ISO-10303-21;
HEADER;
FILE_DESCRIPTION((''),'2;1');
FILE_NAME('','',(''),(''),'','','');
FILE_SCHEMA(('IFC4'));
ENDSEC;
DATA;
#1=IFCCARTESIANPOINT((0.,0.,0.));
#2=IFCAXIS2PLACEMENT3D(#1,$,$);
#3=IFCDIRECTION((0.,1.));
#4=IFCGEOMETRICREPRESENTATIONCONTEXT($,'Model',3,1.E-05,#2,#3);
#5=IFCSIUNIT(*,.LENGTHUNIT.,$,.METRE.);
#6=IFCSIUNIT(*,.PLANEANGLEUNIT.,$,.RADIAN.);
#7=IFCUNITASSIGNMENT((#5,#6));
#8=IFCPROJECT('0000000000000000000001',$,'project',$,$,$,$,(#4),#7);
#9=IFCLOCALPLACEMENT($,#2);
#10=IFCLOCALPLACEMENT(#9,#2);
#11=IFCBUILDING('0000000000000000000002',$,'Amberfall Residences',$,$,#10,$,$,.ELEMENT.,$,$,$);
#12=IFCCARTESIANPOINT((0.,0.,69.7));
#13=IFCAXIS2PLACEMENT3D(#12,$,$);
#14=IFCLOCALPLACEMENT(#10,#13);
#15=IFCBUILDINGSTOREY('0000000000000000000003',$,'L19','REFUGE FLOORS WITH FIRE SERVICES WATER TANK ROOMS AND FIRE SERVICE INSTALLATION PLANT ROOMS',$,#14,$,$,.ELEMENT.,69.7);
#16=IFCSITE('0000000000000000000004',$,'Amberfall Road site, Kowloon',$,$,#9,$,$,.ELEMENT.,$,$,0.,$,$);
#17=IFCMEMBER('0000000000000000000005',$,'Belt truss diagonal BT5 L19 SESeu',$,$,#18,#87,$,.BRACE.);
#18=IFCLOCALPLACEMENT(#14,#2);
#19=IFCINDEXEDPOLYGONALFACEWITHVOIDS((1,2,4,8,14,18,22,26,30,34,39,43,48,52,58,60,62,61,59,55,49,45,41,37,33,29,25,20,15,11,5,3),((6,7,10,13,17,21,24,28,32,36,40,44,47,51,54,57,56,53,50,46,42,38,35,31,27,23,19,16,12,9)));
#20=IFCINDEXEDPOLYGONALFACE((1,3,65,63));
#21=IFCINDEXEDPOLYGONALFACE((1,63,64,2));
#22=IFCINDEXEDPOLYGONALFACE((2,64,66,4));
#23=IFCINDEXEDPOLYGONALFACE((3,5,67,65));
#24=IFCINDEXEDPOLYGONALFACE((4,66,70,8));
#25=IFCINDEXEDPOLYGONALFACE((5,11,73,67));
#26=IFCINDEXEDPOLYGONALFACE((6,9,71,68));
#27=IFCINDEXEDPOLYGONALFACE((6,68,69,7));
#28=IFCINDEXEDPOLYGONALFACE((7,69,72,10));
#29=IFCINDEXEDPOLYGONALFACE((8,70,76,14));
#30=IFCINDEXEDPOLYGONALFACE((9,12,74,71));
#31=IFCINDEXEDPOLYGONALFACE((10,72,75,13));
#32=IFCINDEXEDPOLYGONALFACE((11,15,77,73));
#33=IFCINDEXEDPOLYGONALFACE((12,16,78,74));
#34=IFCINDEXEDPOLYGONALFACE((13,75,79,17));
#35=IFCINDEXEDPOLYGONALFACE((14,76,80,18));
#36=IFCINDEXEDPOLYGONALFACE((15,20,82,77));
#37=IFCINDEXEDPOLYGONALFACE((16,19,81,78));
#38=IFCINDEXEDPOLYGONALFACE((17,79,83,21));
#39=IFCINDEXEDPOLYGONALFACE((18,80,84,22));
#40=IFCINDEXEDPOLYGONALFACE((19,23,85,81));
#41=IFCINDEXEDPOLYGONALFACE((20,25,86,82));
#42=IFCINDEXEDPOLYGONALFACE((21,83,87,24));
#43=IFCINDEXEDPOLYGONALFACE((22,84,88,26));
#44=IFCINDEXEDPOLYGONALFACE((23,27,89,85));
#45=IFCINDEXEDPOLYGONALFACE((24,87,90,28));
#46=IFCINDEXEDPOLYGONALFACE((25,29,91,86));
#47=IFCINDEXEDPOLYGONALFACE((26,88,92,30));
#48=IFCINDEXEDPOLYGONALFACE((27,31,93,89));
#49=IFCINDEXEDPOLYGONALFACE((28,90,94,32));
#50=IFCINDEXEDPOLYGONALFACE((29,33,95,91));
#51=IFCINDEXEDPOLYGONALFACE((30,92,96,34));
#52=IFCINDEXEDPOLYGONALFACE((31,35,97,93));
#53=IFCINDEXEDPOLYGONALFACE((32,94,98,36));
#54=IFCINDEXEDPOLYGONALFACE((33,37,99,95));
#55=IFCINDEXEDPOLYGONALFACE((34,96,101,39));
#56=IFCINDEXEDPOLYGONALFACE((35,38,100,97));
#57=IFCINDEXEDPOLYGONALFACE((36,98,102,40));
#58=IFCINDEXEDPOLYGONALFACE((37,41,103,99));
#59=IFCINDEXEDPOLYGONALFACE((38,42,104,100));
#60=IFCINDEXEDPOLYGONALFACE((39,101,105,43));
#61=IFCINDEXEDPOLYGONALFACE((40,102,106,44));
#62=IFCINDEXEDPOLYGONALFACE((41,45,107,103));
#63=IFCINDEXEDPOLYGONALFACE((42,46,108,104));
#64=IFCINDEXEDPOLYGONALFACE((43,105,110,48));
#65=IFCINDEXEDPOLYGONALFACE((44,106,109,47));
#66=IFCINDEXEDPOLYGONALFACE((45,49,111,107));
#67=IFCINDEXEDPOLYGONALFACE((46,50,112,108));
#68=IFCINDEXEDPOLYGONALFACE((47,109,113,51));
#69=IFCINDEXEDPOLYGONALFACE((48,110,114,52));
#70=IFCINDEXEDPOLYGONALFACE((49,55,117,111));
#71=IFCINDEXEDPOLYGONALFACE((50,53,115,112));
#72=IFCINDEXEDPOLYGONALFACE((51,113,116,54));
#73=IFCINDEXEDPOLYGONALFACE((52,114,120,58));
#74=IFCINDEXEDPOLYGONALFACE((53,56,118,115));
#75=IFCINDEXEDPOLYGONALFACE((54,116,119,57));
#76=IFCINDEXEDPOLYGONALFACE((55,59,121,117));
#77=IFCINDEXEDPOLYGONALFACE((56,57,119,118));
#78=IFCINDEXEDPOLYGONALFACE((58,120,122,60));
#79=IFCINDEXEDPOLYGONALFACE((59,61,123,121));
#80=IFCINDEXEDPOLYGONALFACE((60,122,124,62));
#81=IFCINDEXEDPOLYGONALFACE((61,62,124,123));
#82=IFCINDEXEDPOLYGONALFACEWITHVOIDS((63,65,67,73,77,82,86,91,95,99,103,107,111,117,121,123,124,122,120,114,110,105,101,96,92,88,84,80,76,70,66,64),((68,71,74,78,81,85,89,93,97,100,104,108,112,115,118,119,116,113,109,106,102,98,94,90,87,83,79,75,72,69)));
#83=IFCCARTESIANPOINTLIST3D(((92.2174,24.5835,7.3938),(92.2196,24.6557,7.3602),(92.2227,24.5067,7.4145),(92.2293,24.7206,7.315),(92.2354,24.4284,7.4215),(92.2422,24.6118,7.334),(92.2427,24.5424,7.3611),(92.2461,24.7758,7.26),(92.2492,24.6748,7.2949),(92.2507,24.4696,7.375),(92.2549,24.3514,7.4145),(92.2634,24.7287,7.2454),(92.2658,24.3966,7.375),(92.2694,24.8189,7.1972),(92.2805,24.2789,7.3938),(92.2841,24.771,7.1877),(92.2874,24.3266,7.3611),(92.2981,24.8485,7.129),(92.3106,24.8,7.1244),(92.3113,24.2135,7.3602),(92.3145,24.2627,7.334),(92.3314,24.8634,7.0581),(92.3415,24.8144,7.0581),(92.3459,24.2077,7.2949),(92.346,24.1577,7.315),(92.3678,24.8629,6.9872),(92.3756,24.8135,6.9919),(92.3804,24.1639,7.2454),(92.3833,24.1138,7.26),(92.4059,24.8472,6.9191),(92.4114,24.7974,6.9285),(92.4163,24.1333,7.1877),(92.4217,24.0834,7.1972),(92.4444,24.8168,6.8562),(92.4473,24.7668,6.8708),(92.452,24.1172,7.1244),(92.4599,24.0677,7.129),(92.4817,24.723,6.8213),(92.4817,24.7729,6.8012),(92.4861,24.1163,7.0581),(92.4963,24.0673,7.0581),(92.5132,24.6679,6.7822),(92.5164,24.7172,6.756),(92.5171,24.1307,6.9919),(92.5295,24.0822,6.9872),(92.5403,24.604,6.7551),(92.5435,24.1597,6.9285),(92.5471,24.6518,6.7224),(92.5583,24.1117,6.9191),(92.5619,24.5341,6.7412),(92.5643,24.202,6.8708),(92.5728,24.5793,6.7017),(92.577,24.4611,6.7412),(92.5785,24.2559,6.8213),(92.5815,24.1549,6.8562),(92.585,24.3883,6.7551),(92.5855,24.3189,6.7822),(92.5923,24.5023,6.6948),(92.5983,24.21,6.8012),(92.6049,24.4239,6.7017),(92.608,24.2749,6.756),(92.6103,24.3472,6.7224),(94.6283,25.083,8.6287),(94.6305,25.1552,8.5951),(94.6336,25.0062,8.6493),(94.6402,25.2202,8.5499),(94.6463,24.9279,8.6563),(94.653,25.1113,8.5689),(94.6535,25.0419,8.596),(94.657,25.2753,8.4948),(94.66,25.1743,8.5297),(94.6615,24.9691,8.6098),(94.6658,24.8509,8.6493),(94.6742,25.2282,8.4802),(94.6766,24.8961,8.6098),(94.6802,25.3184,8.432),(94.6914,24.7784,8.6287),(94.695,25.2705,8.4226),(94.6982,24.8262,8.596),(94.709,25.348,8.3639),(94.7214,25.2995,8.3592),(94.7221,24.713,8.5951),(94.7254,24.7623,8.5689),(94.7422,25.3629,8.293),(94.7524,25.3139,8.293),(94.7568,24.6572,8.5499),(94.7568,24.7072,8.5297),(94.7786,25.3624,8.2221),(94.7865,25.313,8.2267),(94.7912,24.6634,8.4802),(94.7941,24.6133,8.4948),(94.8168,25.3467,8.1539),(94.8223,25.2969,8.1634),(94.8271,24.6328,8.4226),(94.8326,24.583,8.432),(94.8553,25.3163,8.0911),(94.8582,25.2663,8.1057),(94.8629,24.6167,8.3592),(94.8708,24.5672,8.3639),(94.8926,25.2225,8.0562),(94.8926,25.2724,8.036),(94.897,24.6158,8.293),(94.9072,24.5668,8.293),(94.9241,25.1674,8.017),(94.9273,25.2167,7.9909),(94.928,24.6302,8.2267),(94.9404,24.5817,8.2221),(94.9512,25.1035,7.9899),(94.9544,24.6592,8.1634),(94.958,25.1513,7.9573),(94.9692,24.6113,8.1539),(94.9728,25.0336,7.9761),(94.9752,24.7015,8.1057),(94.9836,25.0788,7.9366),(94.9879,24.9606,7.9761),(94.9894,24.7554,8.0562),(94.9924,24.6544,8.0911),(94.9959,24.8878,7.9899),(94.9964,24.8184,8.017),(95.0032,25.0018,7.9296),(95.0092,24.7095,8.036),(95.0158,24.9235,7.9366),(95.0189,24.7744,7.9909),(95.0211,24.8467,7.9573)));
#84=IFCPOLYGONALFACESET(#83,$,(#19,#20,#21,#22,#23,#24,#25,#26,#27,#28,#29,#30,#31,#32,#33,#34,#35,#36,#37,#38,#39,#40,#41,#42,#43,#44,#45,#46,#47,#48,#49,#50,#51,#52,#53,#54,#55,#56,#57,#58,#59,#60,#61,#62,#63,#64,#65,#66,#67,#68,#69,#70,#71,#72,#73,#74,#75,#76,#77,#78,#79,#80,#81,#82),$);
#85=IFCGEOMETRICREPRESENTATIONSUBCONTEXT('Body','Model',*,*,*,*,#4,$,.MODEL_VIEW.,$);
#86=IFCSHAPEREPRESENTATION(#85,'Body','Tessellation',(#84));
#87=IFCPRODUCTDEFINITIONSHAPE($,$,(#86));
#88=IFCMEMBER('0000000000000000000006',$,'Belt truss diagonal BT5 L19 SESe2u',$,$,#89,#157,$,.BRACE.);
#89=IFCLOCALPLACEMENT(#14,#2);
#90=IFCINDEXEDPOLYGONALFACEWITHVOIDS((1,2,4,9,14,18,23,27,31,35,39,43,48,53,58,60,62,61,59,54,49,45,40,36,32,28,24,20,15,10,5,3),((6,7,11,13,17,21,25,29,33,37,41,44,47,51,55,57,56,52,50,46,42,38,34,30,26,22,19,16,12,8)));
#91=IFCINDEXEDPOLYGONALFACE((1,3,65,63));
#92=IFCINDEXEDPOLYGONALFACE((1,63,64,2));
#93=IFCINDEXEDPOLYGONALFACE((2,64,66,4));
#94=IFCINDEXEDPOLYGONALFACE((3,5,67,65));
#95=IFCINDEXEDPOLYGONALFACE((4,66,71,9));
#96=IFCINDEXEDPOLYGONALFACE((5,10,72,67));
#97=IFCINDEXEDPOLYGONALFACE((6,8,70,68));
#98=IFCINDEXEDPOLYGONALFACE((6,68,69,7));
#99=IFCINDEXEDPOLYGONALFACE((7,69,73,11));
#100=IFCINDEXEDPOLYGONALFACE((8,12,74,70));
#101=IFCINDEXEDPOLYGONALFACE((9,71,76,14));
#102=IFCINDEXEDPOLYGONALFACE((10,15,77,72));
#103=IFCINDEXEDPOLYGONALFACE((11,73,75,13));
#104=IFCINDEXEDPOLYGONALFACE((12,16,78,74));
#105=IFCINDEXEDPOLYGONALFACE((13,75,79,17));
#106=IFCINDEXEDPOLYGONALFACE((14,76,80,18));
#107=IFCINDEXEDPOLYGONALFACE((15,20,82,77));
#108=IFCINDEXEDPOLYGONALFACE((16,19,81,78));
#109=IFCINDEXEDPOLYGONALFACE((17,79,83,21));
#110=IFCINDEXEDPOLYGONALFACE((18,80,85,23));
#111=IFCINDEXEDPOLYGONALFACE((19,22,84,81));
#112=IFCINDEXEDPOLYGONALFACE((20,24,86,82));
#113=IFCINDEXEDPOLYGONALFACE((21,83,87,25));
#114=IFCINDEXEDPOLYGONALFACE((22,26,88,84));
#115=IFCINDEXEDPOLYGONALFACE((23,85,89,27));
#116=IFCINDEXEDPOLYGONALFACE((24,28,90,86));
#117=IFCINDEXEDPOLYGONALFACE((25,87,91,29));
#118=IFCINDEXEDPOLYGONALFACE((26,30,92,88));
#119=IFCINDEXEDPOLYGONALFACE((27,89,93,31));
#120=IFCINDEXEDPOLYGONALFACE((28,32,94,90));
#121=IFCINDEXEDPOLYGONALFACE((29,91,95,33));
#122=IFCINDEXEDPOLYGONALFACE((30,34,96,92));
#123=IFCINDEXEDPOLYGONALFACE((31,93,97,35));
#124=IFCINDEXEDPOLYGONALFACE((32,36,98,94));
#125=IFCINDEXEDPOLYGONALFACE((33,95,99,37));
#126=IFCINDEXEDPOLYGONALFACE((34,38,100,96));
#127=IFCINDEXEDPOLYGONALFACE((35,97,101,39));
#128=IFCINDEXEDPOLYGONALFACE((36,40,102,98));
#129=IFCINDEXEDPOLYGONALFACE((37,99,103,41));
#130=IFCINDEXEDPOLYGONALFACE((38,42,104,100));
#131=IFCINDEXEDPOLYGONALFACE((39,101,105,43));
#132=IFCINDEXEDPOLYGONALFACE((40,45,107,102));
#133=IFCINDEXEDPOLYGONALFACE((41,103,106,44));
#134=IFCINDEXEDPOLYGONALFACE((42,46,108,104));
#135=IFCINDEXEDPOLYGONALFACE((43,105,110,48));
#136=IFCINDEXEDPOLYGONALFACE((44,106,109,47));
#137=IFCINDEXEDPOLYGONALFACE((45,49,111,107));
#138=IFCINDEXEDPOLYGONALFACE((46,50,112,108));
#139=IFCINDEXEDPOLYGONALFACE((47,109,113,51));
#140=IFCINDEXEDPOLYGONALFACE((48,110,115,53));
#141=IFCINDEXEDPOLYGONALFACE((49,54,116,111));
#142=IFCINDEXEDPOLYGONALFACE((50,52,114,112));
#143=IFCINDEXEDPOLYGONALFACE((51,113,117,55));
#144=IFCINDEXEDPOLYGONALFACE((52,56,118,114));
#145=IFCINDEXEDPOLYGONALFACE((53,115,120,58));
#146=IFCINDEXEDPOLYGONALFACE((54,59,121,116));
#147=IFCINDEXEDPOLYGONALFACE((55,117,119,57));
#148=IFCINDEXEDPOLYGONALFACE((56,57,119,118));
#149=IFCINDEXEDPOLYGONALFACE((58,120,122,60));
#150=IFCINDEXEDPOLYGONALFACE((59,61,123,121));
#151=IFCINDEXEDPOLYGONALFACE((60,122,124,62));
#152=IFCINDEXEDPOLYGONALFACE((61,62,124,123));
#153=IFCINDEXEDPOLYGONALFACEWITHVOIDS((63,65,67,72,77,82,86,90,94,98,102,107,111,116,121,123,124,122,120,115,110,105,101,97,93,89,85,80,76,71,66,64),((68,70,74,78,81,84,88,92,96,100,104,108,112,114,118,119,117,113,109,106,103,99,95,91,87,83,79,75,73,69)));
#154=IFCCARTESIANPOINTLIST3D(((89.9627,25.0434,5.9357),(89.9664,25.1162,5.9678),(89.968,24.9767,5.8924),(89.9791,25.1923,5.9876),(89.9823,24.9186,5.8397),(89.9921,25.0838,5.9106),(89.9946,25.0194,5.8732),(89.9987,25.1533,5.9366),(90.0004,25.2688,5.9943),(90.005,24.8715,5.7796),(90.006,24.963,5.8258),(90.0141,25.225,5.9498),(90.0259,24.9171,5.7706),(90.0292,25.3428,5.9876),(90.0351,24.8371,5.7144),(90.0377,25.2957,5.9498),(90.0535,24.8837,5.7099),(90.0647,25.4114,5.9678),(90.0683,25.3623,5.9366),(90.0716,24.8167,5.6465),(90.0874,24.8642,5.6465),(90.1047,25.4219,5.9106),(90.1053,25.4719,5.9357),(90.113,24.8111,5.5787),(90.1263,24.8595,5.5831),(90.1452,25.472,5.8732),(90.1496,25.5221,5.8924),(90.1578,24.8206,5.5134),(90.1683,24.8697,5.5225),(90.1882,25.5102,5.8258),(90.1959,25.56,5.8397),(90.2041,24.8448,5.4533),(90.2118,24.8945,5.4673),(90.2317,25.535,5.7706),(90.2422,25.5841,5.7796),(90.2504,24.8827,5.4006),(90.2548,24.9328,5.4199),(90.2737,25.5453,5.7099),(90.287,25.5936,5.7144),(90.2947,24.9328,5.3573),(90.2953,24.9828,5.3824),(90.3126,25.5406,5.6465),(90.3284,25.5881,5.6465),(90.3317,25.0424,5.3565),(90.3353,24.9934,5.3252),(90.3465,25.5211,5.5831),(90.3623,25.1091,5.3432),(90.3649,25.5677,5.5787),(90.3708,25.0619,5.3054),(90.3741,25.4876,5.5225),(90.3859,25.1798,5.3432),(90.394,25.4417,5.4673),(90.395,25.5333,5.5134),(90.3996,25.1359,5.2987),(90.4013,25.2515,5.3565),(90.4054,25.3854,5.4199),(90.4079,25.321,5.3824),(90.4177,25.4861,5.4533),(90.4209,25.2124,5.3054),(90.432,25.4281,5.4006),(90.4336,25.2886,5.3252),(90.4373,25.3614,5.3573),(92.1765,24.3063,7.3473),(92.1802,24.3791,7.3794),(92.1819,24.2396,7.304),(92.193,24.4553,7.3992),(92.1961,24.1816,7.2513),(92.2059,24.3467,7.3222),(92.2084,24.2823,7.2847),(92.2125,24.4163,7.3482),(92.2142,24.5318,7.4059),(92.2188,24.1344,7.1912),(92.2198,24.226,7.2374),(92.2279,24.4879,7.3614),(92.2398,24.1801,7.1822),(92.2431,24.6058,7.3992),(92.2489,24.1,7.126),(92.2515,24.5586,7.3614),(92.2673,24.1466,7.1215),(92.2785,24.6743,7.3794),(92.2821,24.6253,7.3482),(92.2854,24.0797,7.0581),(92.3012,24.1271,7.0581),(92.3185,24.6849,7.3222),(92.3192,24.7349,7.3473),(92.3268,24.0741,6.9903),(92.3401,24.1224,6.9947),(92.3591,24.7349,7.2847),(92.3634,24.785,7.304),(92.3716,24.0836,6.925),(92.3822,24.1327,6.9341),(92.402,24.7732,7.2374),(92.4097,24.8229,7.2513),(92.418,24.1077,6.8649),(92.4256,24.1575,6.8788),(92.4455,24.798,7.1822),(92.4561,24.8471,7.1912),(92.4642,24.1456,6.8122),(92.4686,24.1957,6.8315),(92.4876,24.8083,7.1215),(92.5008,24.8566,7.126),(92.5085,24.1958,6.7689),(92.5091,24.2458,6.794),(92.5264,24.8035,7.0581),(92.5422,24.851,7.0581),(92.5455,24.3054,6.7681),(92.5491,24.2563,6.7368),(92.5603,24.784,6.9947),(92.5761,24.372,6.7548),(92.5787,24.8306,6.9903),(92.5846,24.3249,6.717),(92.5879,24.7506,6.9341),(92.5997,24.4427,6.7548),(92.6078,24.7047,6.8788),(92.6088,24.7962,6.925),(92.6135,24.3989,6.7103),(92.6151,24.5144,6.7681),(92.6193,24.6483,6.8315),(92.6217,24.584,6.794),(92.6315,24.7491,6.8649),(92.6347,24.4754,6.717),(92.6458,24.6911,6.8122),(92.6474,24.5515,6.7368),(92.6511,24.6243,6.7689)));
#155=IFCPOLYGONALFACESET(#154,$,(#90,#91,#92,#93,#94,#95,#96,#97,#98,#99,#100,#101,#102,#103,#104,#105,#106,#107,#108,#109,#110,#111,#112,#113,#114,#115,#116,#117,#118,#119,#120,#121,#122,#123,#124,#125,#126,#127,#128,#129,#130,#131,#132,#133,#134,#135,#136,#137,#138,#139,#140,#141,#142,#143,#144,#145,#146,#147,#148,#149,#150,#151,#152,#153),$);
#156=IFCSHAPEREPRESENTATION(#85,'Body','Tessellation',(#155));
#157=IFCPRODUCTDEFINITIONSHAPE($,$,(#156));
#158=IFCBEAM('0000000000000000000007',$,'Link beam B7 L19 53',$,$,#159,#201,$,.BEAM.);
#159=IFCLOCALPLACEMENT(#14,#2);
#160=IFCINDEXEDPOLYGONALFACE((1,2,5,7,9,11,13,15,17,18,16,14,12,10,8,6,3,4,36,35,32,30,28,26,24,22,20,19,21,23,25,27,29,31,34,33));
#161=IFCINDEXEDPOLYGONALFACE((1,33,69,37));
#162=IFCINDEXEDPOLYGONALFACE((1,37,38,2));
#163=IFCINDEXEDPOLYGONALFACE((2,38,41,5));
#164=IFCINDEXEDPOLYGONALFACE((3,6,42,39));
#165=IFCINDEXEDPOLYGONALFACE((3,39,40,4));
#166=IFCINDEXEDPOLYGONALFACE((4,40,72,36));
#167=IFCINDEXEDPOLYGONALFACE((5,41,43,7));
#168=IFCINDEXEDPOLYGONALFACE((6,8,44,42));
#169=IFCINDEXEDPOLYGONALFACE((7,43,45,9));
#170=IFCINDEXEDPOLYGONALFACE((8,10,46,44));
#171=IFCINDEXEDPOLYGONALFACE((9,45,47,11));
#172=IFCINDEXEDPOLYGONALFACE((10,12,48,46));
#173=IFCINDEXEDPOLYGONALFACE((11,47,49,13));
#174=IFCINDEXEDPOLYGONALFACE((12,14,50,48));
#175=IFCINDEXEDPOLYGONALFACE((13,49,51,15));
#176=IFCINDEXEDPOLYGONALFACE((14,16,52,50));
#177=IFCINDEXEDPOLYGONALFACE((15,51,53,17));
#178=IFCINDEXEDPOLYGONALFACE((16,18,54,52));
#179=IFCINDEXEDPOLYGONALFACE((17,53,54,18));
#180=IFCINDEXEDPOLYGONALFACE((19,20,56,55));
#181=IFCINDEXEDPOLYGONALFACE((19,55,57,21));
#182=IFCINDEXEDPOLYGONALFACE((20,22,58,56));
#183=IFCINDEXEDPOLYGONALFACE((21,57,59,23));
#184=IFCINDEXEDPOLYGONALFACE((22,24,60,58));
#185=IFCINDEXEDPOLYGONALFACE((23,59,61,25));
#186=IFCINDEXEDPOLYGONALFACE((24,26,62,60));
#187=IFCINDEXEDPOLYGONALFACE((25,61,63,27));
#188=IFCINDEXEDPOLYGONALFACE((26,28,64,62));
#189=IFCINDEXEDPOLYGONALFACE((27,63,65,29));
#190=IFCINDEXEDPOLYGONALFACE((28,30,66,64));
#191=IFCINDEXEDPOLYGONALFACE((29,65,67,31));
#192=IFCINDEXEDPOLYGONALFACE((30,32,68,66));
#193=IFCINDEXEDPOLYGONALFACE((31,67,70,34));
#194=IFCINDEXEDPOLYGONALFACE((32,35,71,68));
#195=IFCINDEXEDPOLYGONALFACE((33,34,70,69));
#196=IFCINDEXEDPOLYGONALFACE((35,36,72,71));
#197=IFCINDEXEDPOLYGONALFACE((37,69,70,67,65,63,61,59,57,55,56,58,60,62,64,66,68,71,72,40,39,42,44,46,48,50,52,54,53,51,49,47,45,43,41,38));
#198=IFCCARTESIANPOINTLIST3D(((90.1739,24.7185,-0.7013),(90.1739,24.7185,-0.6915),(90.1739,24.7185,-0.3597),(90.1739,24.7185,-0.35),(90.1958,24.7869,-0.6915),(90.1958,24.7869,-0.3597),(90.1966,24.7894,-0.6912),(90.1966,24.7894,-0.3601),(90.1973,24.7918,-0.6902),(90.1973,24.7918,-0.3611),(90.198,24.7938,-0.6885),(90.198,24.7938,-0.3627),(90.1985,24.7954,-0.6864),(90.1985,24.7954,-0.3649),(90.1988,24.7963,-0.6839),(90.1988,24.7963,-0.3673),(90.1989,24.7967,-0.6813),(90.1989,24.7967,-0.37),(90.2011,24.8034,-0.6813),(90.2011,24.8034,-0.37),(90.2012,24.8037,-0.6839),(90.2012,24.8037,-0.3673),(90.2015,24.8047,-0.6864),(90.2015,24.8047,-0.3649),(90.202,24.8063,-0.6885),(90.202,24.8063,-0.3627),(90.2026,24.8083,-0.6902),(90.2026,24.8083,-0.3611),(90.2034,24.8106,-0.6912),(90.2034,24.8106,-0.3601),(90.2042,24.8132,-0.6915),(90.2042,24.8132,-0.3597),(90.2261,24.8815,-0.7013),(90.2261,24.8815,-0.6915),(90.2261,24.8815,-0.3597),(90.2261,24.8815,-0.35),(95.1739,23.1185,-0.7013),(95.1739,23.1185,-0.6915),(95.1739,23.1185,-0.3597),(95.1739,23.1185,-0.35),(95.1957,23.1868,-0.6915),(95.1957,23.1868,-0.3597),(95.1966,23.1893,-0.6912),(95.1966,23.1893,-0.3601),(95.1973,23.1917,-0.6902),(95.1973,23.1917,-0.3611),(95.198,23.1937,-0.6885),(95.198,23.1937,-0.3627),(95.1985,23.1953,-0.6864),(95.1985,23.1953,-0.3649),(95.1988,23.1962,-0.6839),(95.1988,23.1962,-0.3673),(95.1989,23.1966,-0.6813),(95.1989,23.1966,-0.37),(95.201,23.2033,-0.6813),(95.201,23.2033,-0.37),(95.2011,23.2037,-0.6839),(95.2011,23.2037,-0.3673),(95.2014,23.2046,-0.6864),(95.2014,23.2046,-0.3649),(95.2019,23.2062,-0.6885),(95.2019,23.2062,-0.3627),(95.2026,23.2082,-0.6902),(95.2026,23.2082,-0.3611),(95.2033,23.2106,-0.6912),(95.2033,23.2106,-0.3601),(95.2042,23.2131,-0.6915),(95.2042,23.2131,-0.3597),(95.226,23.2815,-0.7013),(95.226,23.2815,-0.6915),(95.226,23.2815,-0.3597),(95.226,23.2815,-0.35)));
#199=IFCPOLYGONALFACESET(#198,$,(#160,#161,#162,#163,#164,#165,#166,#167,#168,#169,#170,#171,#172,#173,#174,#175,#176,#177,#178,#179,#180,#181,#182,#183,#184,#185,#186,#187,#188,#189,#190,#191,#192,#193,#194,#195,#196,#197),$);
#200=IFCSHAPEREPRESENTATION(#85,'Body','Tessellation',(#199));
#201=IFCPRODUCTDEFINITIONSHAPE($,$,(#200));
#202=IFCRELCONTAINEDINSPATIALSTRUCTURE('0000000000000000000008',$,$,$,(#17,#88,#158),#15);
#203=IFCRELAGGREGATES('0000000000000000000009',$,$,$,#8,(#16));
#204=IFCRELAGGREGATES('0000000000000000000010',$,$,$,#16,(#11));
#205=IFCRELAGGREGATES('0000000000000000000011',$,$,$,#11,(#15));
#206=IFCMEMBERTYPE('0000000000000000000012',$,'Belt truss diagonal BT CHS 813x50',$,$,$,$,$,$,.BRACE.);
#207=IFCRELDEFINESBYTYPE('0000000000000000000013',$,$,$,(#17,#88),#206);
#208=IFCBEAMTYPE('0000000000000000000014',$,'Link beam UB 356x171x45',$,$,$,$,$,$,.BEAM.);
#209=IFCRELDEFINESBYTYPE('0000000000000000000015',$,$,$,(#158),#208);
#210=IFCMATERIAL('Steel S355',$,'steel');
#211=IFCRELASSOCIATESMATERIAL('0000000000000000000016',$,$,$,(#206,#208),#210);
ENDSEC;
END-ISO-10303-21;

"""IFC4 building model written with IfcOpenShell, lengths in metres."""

from ifc_helpers import new_model, si_unit, direction, frame, origin, origin_2d, place, context, subcontext, project, spatial, hollow_circle, i_section, extrude, material, material_profile, profile_set, type_object, element, save


model = new_model("IFC4")

# Units and contexts
model_context = context("Model", 3, precision=1e-05, world=origin(), true_north=direction((0.0, 1.0)))
body_context = subcontext(model_context, "Body", "Model", "MODEL_VIEW")
ifc_project = project(units=[si_unit("LENGTHUNIT", "METRE"), si_unit("PLANEANGLEUNIT", "RADIAN")], contexts=[model_context])

# Site, building, storey
site_placement = place(None, origin())
site = spatial("IfcSite", under=ifc_project, at=site_placement, Name="Amberfall Road site, Kowloon", CompositionType="ELEMENT", RefElevation=0.0)
building_placement = place(site_placement, origin())
building = spatial("IfcBuilding", under=site, at=building_placement, Name="Amberfall Residences", CompositionType="ELEMENT")
storey_placement = place(building_placement, frame((0.0, 0.0, 69.7)))
storey = spatial("IfcBuildingStorey", under=building, at=storey_placement, Name="L19", Description="REFUGE FLOORS WITH FIRE SERVICES WATER TANK ROOMS AND FIRE SERVICE INSTALLATION PLANT ROOMS", CompositionType="ELEMENT", Elevation=69.7)

# Shared definitions
ifc_material_1 = material(Name="Steel S355", Category="steel")

# Members
ifc_material_profile_1 = material_profile(ifc_material_1, hollow_circle(Radius=0.4065, WallThickness=0.05, at=origin_2d()), Name="CHS 813x50")
ifc_profile_set_1 = profile_set([ifc_material_profile_1], Name="Steel S355")
member_type = type_object("IfcMemberType", Name="Belt truss diagonal BT CHS 813x50", PredefinedType="BRACE", material=ifc_profile_set_1)
member_1_placement = place(storey_placement, frame((94.8247, 24.9648, 8.293), z_axis=(-0.875283, -0.18135, -0.448322), x_axis=(0.202881, -0.979203, 0.0)))
element("IfcMember", 1, at=member_1_placement, inside=storey, type_object=member_type, Name="Belt truss diagonal BT5 L19 SESeu", PredefinedType="BRACE", context=body_context, shape_type="SweptSolid", body=[
    extrude(hollow_circle(Radius=0.4065, WallThickness=0.05, at=origin_2d()), origin(), (0.0, 0.0, 1.0), 2.7544),
])
member_2_placement = place(storey_placement, frame((92.4138, 24.4653, 7.0581), z_axis=(-0.811799, 0.270271, -0.517625), x_axis=(-0.315882, -0.948798, 0.0)))
element("IfcMember", 2, at=member_2_placement, inside=storey, type_object=member_type, Name="Belt truss diagonal BT5 L19 SESe2u", PredefinedType="BRACE", context=body_context, shape_type="SweptSolid", body=[
    extrude(hollow_circle(Radius=0.4065, WallThickness=0.05, at=origin_2d()), origin(), (0.0, 0.0, 1.0), 2.7271),
])

# Beam
ifc_material_profile_2 = material_profile(ifc_material_1, i_section(OverallWidth=0.1711, OverallDepth=0.3513, WebThickness=0.0071, FlangeThickness=0.0098, FilletRadius=0.0103, at=origin_2d()), Name="UB 356x171x45")
ifc_profile_set_2 = profile_set([ifc_material_profile_2], Name="Steel S355")
beam_type_1 = type_object("IfcBeamType", Name="Link beam UB 356x171x45", PredefinedType="BEAM", material=ifc_profile_set_2)
beam_1_placement = place(storey_placement, frame((95.2, 23.2, -0.5256), z_axis=(-0.952419, 0.304793, 0.0), x_axis=(-0.304793, -0.952419, 0.0)))
element("IfcBeam", 3, at=beam_1_placement, inside=storey, type_object=beam_type_1, Name="Link beam B7 L19 53", PredefinedType="BEAM", context=body_context, shape_type="SweptSolid", body=[
    extrude(i_section(OverallWidth=0.1711, OverallDepth=0.3513, WebThickness=0.0071, FlangeThickness=0.0098, FilletRadius=0.0103, at=origin_2d()), origin(), (0.0, 0.0, 1.0), 5.2498),
])

save(model, "model.ifc")
